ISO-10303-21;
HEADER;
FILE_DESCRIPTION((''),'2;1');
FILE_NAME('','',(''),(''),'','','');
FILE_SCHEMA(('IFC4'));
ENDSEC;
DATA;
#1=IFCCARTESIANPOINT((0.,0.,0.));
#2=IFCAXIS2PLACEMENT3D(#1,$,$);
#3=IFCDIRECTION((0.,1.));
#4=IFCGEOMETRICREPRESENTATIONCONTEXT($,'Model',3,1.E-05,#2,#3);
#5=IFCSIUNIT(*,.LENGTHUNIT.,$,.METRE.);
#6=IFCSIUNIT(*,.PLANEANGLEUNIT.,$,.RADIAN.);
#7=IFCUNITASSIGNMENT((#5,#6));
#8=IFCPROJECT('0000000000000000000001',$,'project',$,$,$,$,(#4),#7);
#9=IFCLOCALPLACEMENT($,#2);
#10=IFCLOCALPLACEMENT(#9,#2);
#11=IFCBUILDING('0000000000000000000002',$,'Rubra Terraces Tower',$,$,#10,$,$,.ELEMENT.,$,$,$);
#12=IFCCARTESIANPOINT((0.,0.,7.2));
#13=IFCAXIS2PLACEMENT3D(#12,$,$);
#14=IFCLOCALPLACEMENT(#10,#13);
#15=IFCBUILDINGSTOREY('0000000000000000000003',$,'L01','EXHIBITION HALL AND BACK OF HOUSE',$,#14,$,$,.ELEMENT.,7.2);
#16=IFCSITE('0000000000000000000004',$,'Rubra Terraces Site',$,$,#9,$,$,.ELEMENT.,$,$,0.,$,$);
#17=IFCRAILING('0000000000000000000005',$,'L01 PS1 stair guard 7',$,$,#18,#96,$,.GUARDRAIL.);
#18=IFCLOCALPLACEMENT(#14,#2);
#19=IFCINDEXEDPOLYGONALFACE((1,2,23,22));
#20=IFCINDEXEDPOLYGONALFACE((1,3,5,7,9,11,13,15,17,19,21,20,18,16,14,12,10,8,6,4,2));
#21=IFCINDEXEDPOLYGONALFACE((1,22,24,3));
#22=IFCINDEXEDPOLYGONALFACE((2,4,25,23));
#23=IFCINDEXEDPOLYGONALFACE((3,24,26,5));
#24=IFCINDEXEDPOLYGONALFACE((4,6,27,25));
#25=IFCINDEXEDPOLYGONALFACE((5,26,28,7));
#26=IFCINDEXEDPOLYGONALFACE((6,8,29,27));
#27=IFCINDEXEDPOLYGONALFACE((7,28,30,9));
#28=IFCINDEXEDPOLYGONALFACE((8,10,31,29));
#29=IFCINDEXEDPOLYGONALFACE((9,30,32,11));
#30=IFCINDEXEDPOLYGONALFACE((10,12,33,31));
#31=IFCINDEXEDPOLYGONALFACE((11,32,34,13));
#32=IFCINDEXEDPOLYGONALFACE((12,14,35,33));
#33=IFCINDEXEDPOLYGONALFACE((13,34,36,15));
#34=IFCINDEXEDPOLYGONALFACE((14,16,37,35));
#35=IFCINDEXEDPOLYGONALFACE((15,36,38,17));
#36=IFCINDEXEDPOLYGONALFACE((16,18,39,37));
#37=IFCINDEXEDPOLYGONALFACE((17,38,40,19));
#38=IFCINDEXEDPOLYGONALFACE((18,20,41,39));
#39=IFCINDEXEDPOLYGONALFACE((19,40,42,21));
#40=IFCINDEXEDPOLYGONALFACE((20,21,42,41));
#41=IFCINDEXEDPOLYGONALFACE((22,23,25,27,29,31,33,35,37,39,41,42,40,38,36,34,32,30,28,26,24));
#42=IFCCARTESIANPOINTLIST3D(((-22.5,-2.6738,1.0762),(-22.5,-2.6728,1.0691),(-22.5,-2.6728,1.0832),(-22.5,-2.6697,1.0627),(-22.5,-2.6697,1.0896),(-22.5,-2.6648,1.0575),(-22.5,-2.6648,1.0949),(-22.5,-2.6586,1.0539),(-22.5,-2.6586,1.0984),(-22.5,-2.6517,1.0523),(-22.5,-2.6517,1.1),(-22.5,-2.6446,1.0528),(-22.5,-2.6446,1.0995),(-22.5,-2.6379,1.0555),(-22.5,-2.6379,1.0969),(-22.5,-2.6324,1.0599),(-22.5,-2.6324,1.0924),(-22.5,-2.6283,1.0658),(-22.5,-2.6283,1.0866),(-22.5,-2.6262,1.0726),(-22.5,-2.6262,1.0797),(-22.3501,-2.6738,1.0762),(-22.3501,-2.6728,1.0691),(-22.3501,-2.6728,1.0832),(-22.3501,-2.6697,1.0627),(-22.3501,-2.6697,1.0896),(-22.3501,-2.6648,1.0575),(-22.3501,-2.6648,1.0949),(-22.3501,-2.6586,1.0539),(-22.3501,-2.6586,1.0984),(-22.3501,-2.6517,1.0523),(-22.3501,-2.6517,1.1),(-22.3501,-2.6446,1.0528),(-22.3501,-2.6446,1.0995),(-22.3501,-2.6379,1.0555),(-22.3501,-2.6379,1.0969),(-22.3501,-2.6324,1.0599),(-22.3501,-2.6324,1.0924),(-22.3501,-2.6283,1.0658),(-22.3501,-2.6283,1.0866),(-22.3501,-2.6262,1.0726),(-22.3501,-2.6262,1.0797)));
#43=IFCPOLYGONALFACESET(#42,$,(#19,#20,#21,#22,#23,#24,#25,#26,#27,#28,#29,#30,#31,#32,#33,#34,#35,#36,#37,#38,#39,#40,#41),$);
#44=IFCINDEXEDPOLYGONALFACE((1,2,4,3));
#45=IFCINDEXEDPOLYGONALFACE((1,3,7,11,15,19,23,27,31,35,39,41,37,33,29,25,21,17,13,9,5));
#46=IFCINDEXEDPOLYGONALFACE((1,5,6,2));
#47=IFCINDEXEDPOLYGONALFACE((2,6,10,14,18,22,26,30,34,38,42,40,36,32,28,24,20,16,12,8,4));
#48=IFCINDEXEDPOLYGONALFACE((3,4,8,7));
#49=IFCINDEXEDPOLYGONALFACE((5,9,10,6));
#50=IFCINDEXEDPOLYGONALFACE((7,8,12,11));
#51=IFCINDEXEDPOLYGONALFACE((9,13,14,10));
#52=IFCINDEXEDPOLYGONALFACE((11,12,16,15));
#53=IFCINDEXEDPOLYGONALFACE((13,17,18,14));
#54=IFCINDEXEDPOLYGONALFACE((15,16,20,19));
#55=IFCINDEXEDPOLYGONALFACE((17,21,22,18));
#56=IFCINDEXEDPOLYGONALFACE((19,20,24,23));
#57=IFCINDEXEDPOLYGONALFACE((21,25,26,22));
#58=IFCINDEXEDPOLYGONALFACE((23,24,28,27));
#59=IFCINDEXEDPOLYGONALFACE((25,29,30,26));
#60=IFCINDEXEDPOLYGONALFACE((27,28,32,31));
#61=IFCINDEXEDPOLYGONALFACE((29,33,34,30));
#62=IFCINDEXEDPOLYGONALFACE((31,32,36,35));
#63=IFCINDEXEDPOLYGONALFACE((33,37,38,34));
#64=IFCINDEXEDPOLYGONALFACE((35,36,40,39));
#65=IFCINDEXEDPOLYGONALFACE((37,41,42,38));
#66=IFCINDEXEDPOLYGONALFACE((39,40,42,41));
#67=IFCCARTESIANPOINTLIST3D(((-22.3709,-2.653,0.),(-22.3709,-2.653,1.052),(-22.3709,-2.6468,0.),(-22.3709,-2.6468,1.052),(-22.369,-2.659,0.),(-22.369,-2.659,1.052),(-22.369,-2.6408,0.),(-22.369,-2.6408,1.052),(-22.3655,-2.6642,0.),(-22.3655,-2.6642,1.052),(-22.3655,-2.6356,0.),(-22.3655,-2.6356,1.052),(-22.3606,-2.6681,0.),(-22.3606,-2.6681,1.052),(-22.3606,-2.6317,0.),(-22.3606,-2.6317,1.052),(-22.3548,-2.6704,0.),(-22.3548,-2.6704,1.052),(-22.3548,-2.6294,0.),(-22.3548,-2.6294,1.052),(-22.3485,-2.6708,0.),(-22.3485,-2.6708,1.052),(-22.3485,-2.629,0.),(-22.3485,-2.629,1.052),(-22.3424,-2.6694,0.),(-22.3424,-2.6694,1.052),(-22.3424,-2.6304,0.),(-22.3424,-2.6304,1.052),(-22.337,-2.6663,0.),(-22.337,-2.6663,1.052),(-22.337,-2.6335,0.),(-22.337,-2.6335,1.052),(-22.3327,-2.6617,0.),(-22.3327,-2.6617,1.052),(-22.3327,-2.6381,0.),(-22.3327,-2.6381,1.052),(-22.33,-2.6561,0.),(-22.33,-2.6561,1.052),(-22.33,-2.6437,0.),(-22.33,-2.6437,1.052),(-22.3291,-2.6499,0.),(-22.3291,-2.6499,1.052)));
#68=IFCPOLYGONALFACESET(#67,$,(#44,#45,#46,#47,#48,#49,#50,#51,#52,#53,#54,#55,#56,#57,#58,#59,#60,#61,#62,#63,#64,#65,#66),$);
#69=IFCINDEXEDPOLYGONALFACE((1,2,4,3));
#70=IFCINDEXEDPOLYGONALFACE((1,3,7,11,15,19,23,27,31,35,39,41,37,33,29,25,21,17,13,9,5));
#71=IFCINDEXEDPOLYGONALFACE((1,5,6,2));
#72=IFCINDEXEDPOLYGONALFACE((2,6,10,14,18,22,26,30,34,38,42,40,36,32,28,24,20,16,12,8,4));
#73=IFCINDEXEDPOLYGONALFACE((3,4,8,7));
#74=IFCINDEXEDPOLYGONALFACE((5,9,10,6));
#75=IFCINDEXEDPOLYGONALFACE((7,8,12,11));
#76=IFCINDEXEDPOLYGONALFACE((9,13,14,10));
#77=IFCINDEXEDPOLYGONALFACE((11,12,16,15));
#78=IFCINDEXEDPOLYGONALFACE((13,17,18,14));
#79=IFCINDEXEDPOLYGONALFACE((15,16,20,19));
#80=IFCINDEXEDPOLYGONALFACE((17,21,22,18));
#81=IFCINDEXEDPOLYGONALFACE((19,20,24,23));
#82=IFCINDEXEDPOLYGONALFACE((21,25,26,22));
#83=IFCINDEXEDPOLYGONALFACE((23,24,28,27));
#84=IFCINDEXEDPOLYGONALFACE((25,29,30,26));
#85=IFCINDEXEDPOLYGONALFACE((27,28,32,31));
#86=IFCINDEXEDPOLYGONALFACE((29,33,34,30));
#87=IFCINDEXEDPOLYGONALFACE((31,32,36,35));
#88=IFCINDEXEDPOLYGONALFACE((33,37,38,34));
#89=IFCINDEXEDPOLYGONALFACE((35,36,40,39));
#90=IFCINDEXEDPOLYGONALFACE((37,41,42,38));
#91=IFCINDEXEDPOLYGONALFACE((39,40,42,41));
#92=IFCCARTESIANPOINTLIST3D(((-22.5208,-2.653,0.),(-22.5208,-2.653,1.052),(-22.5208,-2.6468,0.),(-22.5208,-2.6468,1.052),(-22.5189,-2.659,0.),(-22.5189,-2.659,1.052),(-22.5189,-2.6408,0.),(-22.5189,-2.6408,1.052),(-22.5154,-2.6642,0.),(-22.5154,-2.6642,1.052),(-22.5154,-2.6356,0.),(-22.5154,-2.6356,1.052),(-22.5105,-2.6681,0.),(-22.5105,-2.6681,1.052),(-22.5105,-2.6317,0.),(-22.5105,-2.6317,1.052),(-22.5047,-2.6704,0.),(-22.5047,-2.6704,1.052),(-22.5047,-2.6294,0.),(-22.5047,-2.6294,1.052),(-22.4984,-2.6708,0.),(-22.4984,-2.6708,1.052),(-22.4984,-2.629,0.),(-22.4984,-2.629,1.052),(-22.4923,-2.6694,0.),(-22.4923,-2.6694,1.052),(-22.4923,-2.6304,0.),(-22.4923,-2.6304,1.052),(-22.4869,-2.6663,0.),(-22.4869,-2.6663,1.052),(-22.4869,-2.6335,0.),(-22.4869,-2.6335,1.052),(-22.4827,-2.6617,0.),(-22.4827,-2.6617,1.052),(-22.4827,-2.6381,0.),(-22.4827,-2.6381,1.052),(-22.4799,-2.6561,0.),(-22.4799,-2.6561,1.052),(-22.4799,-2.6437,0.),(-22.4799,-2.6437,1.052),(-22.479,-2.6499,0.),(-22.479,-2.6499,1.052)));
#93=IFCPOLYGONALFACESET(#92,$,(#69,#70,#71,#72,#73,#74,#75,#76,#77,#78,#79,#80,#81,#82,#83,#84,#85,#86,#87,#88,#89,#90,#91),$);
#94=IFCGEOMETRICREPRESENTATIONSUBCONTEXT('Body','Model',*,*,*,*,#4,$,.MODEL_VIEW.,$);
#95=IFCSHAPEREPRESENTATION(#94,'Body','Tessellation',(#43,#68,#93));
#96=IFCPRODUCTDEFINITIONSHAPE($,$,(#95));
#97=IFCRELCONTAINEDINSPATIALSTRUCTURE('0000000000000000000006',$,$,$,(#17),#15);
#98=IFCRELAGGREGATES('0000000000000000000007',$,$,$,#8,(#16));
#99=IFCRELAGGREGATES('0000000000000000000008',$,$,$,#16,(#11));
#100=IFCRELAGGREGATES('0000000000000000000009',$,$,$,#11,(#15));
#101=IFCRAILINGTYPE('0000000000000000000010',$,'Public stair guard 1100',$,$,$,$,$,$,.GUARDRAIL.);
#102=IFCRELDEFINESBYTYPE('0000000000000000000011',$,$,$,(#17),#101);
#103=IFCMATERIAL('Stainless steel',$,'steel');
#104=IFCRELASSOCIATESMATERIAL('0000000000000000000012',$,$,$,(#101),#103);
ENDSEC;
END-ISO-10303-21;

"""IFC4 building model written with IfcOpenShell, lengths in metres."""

from ifc_helpers import new_model, si_unit, direction, frame, origin, origin_2d, place, context, subcontext, project, spatial, circle, extrude, material, type_object, element, save


model = new_model("IFC4")

# Units and contexts
model_context = context("Model", 3, precision=1e-05, world=origin(), true_north=direction((0.0, 1.0)))
body_context = subcontext(model_context, "Body", "Model", "MODEL_VIEW")
ifc_project = project(units=[si_unit("LENGTHUNIT", "METRE"), si_unit("PLANEANGLEUNIT", "RADIAN")], contexts=[model_context])

# Site, building, storey
site_placement = place(None, origin())
site = spatial("IfcSite", under=ifc_project, at=site_placement, Name="Rubra Terraces Site", CompositionType="ELEMENT", RefElevation=0.0)
building_placement = place(site_placement, origin())
building = spatial("IfcBuilding", under=site, at=building_placement, Name="Rubra Terraces Tower", CompositionType="ELEMENT")
storey_placement = place(building_placement, frame((0.0, 0.0, 7.2)))
storey = spatial("IfcBuildingStorey", under=building, at=storey_placement, Name="L01", Description="EXHIBITION HALL AND BACK OF HOUSE", CompositionType="ELEMENT", Elevation=7.2)

# Railing
ifc_material_1 = material(Name="Stainless steel", Category="steel")
railing_type = type_object("IfcRailingType", Name="Public stair guard 1100", PredefinedType="GUARDRAIL", material=ifc_material_1)
railing_1_placement = place(storey_placement, frame((-22.3501, -2.6499, 0.0)))
element("IfcRailing", 1, at=railing_1_placement, inside=storey, type_object=railing_type, Name="L01 PS1 stair guard 7", PredefinedType="GUARDRAIL", context=body_context, shape_type="SweptSolid", body=[
    extrude(circle(Radius=0.0239, at=origin_2d()), frame((0.0, 0.0, 1.0762), z_axis=(-1.0, 0.0, 0.0), x_axis=(0.0, -1.0, 0.0)), (0.0, 0.0, 1.0), 0.1499),
    extrude(circle(Radius=0.021, at=origin_2d()), origin(), (0.0, 0.0, 1.0), 1.052),
    extrude(circle(Radius=0.021, at=origin_2d()), frame((-0.1499, 0.0, 0.0)), (0.0, 0.0, 1.0), 1.052),
])

save(model, "model.ifc")
